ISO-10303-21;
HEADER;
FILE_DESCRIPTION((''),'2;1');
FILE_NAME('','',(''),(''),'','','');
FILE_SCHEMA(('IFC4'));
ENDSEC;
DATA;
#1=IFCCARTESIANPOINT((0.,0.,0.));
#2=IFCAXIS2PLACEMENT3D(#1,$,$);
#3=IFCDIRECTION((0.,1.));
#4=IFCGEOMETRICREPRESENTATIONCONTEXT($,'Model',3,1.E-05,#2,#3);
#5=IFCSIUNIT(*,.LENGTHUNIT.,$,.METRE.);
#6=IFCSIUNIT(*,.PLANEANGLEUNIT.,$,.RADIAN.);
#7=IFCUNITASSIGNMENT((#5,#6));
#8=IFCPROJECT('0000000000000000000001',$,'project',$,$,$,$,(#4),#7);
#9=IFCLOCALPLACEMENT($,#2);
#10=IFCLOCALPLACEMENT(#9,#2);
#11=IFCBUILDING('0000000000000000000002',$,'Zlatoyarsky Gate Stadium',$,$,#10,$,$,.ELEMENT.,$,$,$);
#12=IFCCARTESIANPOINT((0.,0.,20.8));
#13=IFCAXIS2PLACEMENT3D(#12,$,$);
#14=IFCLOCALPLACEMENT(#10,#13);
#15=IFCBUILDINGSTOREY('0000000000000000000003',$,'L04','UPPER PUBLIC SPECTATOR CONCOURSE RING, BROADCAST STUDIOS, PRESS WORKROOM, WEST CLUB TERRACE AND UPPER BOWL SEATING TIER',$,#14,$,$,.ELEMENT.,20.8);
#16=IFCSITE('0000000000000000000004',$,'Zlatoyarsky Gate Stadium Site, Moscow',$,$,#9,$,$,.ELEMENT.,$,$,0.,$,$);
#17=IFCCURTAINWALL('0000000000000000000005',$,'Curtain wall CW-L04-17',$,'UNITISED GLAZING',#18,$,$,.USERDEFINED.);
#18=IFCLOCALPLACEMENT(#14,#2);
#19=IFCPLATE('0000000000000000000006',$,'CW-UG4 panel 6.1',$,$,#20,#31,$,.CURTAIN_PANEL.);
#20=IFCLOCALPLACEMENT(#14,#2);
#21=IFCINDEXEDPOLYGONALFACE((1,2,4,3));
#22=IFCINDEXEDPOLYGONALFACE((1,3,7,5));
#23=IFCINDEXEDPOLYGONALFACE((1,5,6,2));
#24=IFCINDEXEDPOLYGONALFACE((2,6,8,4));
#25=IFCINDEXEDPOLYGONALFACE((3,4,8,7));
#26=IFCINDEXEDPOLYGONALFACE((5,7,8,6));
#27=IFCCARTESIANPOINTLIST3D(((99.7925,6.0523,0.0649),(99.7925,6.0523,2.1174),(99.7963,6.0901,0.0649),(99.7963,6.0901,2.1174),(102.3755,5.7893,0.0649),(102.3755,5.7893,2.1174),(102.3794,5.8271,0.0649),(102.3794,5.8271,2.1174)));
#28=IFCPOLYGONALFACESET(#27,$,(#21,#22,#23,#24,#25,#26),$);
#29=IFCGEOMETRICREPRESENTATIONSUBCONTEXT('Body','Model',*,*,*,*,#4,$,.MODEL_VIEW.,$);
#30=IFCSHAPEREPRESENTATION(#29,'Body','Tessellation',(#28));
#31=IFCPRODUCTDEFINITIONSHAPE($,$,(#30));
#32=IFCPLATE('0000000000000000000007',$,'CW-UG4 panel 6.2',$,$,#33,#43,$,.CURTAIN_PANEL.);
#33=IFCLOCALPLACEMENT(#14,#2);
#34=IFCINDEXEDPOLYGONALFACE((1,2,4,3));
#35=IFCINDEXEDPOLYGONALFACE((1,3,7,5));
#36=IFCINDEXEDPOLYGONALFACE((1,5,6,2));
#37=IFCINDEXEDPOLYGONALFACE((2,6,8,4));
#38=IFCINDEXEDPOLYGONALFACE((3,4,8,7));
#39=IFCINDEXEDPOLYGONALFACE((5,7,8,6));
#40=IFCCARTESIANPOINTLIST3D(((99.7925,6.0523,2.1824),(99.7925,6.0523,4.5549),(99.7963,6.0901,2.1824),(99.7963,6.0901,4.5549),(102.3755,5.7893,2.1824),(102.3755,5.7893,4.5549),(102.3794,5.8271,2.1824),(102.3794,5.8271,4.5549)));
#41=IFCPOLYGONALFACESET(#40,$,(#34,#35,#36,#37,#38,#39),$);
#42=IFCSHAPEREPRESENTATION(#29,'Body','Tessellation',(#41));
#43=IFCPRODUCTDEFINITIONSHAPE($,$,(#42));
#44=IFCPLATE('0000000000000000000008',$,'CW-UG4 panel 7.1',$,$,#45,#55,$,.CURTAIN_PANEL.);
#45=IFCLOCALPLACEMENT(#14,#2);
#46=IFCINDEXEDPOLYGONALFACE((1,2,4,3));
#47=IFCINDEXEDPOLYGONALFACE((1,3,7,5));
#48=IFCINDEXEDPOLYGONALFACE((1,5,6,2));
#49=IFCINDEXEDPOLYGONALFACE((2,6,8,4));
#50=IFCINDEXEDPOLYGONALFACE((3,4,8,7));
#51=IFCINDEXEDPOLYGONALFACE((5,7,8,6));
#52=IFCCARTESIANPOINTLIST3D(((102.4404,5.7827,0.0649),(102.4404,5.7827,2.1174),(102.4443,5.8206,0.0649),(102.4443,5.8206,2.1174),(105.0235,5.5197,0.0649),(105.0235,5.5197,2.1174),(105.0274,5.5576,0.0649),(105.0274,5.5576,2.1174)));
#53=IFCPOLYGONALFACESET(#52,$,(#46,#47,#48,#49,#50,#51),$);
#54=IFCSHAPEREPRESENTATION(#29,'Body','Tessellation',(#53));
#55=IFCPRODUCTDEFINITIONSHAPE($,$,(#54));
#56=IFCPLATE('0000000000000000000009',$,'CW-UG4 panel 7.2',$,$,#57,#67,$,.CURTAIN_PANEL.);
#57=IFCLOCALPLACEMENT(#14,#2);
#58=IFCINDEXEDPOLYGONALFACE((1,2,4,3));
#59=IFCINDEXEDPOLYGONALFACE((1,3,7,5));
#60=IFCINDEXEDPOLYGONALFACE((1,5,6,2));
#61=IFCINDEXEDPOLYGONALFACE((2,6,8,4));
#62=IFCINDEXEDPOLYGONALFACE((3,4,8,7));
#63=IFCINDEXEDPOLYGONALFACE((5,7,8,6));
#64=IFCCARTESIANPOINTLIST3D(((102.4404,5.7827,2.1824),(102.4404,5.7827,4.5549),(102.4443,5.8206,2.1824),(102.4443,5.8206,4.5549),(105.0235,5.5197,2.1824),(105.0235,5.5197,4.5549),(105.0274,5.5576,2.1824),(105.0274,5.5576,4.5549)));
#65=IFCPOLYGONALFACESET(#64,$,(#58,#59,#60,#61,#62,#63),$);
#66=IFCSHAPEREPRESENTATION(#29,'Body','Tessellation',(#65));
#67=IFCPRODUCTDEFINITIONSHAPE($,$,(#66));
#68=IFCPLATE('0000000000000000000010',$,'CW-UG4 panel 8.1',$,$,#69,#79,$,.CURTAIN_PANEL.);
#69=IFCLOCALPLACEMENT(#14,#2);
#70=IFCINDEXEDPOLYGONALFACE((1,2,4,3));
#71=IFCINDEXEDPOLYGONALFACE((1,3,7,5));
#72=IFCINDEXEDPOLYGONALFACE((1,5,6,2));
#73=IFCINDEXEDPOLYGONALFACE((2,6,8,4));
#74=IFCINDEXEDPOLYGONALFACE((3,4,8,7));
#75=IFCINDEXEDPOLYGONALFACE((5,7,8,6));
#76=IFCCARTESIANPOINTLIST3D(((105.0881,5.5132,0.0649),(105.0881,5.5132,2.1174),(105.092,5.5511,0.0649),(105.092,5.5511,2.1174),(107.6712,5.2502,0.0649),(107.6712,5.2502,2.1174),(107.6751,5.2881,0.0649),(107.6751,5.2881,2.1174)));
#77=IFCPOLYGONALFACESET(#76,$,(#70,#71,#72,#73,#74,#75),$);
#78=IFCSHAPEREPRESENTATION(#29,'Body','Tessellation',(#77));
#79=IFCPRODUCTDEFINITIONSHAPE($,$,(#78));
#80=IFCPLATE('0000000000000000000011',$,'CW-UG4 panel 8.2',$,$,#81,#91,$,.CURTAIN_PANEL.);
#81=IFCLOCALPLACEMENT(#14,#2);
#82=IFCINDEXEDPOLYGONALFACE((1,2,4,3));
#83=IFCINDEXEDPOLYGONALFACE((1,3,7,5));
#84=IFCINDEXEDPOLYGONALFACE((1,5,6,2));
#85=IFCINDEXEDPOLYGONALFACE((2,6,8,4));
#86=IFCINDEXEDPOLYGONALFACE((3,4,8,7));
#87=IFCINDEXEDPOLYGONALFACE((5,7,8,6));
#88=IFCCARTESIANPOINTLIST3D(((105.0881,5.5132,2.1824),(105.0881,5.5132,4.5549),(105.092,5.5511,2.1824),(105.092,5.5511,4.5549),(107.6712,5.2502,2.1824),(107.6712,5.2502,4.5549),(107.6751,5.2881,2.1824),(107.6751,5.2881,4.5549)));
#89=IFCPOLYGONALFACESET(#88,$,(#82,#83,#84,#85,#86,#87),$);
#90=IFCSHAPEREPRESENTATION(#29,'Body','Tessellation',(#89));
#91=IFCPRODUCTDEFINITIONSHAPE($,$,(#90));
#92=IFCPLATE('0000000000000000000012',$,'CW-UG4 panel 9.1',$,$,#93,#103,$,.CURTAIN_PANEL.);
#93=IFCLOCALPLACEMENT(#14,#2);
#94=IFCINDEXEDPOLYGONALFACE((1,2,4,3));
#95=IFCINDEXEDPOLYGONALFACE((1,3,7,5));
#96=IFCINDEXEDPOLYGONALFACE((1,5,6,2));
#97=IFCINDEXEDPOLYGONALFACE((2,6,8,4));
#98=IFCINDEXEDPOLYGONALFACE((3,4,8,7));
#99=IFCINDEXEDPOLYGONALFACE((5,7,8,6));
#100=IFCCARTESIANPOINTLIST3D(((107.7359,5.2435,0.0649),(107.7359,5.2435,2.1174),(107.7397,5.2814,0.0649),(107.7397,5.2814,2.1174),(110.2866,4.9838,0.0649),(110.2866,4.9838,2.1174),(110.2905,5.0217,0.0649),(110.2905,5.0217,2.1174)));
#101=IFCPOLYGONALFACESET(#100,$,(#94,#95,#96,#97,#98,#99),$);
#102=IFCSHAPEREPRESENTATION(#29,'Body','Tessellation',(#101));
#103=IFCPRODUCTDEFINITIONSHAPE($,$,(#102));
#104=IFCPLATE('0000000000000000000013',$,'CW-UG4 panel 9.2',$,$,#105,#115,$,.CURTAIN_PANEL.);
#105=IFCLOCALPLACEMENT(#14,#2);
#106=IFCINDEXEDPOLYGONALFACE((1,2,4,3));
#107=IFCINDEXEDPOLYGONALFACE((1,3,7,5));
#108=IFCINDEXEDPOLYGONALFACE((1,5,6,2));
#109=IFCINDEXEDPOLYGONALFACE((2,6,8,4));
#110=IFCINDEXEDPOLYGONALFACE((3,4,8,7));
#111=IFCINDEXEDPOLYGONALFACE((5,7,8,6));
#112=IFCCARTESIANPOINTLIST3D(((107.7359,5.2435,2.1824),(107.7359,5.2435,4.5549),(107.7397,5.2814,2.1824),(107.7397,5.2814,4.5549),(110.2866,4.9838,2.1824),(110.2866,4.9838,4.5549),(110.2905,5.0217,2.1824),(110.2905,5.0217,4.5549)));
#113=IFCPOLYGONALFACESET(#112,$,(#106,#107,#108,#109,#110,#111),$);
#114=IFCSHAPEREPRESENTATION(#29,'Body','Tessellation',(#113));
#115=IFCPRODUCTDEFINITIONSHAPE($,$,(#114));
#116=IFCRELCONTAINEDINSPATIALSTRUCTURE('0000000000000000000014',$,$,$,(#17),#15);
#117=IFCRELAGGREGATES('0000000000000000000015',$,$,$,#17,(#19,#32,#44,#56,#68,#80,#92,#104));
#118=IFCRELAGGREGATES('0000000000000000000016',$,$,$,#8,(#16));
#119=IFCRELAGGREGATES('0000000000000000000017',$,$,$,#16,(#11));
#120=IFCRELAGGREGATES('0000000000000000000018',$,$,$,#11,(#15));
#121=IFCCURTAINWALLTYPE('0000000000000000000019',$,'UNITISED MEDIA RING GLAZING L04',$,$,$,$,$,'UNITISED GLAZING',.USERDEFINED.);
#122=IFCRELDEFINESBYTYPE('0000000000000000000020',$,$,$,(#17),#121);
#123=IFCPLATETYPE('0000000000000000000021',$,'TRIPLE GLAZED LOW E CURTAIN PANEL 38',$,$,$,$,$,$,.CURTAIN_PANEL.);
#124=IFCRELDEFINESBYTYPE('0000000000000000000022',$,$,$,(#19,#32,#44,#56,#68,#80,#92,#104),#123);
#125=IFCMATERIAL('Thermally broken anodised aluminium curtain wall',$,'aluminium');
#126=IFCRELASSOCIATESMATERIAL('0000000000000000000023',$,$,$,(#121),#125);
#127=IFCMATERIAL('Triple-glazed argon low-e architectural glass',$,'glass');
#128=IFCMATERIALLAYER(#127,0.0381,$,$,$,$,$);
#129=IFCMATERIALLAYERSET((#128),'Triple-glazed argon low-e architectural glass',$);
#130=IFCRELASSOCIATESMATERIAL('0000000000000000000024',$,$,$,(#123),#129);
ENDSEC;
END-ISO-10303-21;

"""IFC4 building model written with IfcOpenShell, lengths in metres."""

from ifc_helpers import new_model, si_unit, direction, frame, origin, origin_2d, place, context, subcontext, project, spatial, rectangle, extrude, material, layer, layer_set, type_object, element, aggregate, save


model = new_model("IFC4")

# Units and contexts
model_context = context("Model", 3, precision=1e-05, world=origin(), true_north=direction((0.0, 1.0)))
body_context = subcontext(model_context, "Body", "Model", "MODEL_VIEW")
ifc_project = project(units=[si_unit("LENGTHUNIT", "METRE"), si_unit("PLANEANGLEUNIT", "RADIAN")], contexts=[model_context])

# Site, building, storey
site_placement = place(None, origin())
site = spatial("IfcSite", under=ifc_project, at=site_placement, Name="Zlatoyarsky Gate Stadium Site, Moscow", CompositionType="ELEMENT", RefElevation=0.0)
building_placement = place(site_placement, origin())
building = spatial("IfcBuilding", under=site, at=building_placement, Name="Zlatoyarsky Gate Stadium", CompositionType="ELEMENT")
storey_placement = place(building_placement, frame((0.0, 0.0, 20.8)))
storey = spatial("IfcBuildingStorey", under=building, at=storey_placement, Name="L04", Description="UPPER PUBLIC SPECTATOR CONCOURSE RING, BROADCAST STUDIOS, PRESS WORKROOM, WEST CLUB TERRACE AND UPPER BOWL SEATING TIER", CompositionType="ELEMENT", Elevation=20.8)

# Curtain wall
ifc_material_1 = material(Name="Thermally broken anodised aluminium curtain wall", Category="aluminium")
curtain_wall_type_1 = type_object("IfcCurtainWallType", Name="UNITISED MEDIA RING GLAZING L04", ElementType="UNITISED GLAZING", PredefinedType="USERDEFINED", material=ifc_material_1)
curtain_wall_1_placement = place(storey_placement, origin())
curtain_wall_1 = element("IfcCurtainWall", 1, at=curtain_wall_1_placement, inside=storey, type_object=curtain_wall_type_1, Name="Curtain wall CW-L04-17", ObjectType="UNITISED GLAZING", PredefinedType="USERDEFINED")

# Shared definitions
ifc_material_2 = material(Name="Triple-glazed argon low-e architectural glass", Category="glass")

# Plates
ifc_layer_1 = layer(ifc_material_2, 0.0381)
ifc_layer_set_1 = layer_set([ifc_layer_1], Name="Triple-glazed argon low-e architectural glass")
plate_type_1 = type_object("IfcPlateType", Name="TRIPLE GLAZED LOW E CURTAIN PANEL 38", PredefinedType="CURTAIN_PANEL", material=ifc_layer_set_1)
plate_1_placement = place(storey_placement, frame((101.0859, 5.9397, 0.0649), z_axis=(0.0, 0.0, 1.0), x_axis=(0.994857, -0.101293, 0.0)))
plate_1 = element("IfcPlate", 2, at=plate_1_placement, type_object=plate_type_1, Name="CW-UG4 panel 6.1", PredefinedType="CURTAIN_PANEL", context=body_context, shape_type="SweptSolid", body=[
    extrude(rectangle(XDim=2.5964, YDim=0.0381, at=origin_2d()), origin(), (0.0, 0.0, 1.0), 2.0525),
])
plate_2_placement = place(storey_placement, frame((101.0859, 5.9397, 2.1824), z_axis=(0.0, 0.0, 1.0), x_axis=(0.994857, -0.101293, 0.0)))
plate_2 = element("IfcPlate", 3, at=plate_2_placement, type_object=plate_type_1, Name="CW-UG4 panel 6.2", PredefinedType="CURTAIN_PANEL", context=body_context, shape_type="SweptSolid", body=[
    extrude(rectangle(XDim=2.5964, YDim=0.0381, at=origin_2d()), origin(), (0.0, 0.0, 1.0), 2.3726),
])
plate_3_placement = place(storey_placement, frame((103.7339, 5.6702, 0.0649), z_axis=(0.0, 0.0, 1.0), x_axis=(0.994857, -0.101293, 0.0)))
plate_3 = element("IfcPlate", 4, at=plate_3_placement, type_object=plate_type_1, Name="CW-UG4 panel 7.1", PredefinedType="CURTAIN_PANEL", context=body_context, shape_type="SweptSolid", body=[
    extrude(rectangle(XDim=2.5964, YDim=0.0381, at=origin_2d()), origin(), (0.0, 0.0, 1.0), 2.0525),
])
plate_4_placement = place(storey_placement, frame((103.7339, 5.6702, 2.1824), z_axis=(0.0, 0.0, 1.0), x_axis=(0.994857, -0.101293, 0.0)))
plate_4 = element("IfcPlate", 5, at=plate_4_placement, type_object=plate_type_1, Name="CW-UG4 panel 7.2", PredefinedType="CURTAIN_PANEL", context=body_context, shape_type="SweptSolid", body=[
    extrude(rectangle(XDim=2.5964, YDim=0.0381, at=origin_2d()), origin(), (0.0, 0.0, 1.0), 2.3726),
])
plate_5_placement = place(storey_placement, frame((106.3816, 5.4006, 0.0649), z_axis=(0.0, 0.0, 1.0), x_axis=(0.994857, -0.101293, 0.0)))
plate_5 = element("IfcPlate", 6, at=plate_5_placement, type_object=plate_type_1, Name="CW-UG4 panel 8.1", PredefinedType="CURTAIN_PANEL", context=body_context, shape_type="SweptSolid", body=[
    extrude(rectangle(XDim=2.5964, YDim=0.0381, at=origin_2d()), origin(), (0.0, 0.0, 1.0), 2.0525),
])
plate_6_placement = place(storey_placement, frame((106.3816, 5.4006, 2.1824), z_axis=(0.0, 0.0, 1.0), x_axis=(0.994857, -0.101293, 0.0)))
plate_6 = element("IfcPlate", 7, at=plate_6_placement, type_object=plate_type_1, Name="CW-UG4 panel 8.2", PredefinedType="CURTAIN_PANEL", context=body_context, shape_type="SweptSolid", body=[
    extrude(rectangle(XDim=2.5964, YDim=0.0381, at=origin_2d()), origin(), (0.0, 0.0, 1.0), 2.3726),
])
plate_7_placement = place(storey_placement, frame((109.0132, 5.1326, 0.0649), z_axis=(0.0, 0.0, 1.0), x_axis=(0.994857, -0.101293, 0.0)))
plate_7 = element("IfcPlate", 8, at=plate_7_placement, type_object=plate_type_1, Name="CW-UG4 panel 9.1", PredefinedType="CURTAIN_PANEL", context=body_context, shape_type="SweptSolid", body=[
    extrude(rectangle(XDim=2.564, YDim=0.0381, at=origin_2d()), origin(), (0.0, 0.0, 1.0), 2.0525),
])
plate_8_placement = place(storey_placement, frame((109.0132, 5.1326, 2.1824), z_axis=(0.0, 0.0, 1.0), x_axis=(0.994857, -0.101293, 0.0)))
plate_8 = element("IfcPlate", 9, at=plate_8_placement, type_object=plate_type_1, Name="CW-UG4 panel 9.2", PredefinedType="CURTAIN_PANEL", context=body_context, shape_type="SweptSolid", body=[
    extrude(rectangle(XDim=2.564, YDim=0.0381, at=origin_2d()), origin(), (0.0, 0.0, 1.0), 2.3726),
])
aggregate(curtain_wall_1, [plate_1, plate_2, plate_3, plate_4, plate_5, plate_6, plate_7, plate_8])

save(model, "model.ifc")
